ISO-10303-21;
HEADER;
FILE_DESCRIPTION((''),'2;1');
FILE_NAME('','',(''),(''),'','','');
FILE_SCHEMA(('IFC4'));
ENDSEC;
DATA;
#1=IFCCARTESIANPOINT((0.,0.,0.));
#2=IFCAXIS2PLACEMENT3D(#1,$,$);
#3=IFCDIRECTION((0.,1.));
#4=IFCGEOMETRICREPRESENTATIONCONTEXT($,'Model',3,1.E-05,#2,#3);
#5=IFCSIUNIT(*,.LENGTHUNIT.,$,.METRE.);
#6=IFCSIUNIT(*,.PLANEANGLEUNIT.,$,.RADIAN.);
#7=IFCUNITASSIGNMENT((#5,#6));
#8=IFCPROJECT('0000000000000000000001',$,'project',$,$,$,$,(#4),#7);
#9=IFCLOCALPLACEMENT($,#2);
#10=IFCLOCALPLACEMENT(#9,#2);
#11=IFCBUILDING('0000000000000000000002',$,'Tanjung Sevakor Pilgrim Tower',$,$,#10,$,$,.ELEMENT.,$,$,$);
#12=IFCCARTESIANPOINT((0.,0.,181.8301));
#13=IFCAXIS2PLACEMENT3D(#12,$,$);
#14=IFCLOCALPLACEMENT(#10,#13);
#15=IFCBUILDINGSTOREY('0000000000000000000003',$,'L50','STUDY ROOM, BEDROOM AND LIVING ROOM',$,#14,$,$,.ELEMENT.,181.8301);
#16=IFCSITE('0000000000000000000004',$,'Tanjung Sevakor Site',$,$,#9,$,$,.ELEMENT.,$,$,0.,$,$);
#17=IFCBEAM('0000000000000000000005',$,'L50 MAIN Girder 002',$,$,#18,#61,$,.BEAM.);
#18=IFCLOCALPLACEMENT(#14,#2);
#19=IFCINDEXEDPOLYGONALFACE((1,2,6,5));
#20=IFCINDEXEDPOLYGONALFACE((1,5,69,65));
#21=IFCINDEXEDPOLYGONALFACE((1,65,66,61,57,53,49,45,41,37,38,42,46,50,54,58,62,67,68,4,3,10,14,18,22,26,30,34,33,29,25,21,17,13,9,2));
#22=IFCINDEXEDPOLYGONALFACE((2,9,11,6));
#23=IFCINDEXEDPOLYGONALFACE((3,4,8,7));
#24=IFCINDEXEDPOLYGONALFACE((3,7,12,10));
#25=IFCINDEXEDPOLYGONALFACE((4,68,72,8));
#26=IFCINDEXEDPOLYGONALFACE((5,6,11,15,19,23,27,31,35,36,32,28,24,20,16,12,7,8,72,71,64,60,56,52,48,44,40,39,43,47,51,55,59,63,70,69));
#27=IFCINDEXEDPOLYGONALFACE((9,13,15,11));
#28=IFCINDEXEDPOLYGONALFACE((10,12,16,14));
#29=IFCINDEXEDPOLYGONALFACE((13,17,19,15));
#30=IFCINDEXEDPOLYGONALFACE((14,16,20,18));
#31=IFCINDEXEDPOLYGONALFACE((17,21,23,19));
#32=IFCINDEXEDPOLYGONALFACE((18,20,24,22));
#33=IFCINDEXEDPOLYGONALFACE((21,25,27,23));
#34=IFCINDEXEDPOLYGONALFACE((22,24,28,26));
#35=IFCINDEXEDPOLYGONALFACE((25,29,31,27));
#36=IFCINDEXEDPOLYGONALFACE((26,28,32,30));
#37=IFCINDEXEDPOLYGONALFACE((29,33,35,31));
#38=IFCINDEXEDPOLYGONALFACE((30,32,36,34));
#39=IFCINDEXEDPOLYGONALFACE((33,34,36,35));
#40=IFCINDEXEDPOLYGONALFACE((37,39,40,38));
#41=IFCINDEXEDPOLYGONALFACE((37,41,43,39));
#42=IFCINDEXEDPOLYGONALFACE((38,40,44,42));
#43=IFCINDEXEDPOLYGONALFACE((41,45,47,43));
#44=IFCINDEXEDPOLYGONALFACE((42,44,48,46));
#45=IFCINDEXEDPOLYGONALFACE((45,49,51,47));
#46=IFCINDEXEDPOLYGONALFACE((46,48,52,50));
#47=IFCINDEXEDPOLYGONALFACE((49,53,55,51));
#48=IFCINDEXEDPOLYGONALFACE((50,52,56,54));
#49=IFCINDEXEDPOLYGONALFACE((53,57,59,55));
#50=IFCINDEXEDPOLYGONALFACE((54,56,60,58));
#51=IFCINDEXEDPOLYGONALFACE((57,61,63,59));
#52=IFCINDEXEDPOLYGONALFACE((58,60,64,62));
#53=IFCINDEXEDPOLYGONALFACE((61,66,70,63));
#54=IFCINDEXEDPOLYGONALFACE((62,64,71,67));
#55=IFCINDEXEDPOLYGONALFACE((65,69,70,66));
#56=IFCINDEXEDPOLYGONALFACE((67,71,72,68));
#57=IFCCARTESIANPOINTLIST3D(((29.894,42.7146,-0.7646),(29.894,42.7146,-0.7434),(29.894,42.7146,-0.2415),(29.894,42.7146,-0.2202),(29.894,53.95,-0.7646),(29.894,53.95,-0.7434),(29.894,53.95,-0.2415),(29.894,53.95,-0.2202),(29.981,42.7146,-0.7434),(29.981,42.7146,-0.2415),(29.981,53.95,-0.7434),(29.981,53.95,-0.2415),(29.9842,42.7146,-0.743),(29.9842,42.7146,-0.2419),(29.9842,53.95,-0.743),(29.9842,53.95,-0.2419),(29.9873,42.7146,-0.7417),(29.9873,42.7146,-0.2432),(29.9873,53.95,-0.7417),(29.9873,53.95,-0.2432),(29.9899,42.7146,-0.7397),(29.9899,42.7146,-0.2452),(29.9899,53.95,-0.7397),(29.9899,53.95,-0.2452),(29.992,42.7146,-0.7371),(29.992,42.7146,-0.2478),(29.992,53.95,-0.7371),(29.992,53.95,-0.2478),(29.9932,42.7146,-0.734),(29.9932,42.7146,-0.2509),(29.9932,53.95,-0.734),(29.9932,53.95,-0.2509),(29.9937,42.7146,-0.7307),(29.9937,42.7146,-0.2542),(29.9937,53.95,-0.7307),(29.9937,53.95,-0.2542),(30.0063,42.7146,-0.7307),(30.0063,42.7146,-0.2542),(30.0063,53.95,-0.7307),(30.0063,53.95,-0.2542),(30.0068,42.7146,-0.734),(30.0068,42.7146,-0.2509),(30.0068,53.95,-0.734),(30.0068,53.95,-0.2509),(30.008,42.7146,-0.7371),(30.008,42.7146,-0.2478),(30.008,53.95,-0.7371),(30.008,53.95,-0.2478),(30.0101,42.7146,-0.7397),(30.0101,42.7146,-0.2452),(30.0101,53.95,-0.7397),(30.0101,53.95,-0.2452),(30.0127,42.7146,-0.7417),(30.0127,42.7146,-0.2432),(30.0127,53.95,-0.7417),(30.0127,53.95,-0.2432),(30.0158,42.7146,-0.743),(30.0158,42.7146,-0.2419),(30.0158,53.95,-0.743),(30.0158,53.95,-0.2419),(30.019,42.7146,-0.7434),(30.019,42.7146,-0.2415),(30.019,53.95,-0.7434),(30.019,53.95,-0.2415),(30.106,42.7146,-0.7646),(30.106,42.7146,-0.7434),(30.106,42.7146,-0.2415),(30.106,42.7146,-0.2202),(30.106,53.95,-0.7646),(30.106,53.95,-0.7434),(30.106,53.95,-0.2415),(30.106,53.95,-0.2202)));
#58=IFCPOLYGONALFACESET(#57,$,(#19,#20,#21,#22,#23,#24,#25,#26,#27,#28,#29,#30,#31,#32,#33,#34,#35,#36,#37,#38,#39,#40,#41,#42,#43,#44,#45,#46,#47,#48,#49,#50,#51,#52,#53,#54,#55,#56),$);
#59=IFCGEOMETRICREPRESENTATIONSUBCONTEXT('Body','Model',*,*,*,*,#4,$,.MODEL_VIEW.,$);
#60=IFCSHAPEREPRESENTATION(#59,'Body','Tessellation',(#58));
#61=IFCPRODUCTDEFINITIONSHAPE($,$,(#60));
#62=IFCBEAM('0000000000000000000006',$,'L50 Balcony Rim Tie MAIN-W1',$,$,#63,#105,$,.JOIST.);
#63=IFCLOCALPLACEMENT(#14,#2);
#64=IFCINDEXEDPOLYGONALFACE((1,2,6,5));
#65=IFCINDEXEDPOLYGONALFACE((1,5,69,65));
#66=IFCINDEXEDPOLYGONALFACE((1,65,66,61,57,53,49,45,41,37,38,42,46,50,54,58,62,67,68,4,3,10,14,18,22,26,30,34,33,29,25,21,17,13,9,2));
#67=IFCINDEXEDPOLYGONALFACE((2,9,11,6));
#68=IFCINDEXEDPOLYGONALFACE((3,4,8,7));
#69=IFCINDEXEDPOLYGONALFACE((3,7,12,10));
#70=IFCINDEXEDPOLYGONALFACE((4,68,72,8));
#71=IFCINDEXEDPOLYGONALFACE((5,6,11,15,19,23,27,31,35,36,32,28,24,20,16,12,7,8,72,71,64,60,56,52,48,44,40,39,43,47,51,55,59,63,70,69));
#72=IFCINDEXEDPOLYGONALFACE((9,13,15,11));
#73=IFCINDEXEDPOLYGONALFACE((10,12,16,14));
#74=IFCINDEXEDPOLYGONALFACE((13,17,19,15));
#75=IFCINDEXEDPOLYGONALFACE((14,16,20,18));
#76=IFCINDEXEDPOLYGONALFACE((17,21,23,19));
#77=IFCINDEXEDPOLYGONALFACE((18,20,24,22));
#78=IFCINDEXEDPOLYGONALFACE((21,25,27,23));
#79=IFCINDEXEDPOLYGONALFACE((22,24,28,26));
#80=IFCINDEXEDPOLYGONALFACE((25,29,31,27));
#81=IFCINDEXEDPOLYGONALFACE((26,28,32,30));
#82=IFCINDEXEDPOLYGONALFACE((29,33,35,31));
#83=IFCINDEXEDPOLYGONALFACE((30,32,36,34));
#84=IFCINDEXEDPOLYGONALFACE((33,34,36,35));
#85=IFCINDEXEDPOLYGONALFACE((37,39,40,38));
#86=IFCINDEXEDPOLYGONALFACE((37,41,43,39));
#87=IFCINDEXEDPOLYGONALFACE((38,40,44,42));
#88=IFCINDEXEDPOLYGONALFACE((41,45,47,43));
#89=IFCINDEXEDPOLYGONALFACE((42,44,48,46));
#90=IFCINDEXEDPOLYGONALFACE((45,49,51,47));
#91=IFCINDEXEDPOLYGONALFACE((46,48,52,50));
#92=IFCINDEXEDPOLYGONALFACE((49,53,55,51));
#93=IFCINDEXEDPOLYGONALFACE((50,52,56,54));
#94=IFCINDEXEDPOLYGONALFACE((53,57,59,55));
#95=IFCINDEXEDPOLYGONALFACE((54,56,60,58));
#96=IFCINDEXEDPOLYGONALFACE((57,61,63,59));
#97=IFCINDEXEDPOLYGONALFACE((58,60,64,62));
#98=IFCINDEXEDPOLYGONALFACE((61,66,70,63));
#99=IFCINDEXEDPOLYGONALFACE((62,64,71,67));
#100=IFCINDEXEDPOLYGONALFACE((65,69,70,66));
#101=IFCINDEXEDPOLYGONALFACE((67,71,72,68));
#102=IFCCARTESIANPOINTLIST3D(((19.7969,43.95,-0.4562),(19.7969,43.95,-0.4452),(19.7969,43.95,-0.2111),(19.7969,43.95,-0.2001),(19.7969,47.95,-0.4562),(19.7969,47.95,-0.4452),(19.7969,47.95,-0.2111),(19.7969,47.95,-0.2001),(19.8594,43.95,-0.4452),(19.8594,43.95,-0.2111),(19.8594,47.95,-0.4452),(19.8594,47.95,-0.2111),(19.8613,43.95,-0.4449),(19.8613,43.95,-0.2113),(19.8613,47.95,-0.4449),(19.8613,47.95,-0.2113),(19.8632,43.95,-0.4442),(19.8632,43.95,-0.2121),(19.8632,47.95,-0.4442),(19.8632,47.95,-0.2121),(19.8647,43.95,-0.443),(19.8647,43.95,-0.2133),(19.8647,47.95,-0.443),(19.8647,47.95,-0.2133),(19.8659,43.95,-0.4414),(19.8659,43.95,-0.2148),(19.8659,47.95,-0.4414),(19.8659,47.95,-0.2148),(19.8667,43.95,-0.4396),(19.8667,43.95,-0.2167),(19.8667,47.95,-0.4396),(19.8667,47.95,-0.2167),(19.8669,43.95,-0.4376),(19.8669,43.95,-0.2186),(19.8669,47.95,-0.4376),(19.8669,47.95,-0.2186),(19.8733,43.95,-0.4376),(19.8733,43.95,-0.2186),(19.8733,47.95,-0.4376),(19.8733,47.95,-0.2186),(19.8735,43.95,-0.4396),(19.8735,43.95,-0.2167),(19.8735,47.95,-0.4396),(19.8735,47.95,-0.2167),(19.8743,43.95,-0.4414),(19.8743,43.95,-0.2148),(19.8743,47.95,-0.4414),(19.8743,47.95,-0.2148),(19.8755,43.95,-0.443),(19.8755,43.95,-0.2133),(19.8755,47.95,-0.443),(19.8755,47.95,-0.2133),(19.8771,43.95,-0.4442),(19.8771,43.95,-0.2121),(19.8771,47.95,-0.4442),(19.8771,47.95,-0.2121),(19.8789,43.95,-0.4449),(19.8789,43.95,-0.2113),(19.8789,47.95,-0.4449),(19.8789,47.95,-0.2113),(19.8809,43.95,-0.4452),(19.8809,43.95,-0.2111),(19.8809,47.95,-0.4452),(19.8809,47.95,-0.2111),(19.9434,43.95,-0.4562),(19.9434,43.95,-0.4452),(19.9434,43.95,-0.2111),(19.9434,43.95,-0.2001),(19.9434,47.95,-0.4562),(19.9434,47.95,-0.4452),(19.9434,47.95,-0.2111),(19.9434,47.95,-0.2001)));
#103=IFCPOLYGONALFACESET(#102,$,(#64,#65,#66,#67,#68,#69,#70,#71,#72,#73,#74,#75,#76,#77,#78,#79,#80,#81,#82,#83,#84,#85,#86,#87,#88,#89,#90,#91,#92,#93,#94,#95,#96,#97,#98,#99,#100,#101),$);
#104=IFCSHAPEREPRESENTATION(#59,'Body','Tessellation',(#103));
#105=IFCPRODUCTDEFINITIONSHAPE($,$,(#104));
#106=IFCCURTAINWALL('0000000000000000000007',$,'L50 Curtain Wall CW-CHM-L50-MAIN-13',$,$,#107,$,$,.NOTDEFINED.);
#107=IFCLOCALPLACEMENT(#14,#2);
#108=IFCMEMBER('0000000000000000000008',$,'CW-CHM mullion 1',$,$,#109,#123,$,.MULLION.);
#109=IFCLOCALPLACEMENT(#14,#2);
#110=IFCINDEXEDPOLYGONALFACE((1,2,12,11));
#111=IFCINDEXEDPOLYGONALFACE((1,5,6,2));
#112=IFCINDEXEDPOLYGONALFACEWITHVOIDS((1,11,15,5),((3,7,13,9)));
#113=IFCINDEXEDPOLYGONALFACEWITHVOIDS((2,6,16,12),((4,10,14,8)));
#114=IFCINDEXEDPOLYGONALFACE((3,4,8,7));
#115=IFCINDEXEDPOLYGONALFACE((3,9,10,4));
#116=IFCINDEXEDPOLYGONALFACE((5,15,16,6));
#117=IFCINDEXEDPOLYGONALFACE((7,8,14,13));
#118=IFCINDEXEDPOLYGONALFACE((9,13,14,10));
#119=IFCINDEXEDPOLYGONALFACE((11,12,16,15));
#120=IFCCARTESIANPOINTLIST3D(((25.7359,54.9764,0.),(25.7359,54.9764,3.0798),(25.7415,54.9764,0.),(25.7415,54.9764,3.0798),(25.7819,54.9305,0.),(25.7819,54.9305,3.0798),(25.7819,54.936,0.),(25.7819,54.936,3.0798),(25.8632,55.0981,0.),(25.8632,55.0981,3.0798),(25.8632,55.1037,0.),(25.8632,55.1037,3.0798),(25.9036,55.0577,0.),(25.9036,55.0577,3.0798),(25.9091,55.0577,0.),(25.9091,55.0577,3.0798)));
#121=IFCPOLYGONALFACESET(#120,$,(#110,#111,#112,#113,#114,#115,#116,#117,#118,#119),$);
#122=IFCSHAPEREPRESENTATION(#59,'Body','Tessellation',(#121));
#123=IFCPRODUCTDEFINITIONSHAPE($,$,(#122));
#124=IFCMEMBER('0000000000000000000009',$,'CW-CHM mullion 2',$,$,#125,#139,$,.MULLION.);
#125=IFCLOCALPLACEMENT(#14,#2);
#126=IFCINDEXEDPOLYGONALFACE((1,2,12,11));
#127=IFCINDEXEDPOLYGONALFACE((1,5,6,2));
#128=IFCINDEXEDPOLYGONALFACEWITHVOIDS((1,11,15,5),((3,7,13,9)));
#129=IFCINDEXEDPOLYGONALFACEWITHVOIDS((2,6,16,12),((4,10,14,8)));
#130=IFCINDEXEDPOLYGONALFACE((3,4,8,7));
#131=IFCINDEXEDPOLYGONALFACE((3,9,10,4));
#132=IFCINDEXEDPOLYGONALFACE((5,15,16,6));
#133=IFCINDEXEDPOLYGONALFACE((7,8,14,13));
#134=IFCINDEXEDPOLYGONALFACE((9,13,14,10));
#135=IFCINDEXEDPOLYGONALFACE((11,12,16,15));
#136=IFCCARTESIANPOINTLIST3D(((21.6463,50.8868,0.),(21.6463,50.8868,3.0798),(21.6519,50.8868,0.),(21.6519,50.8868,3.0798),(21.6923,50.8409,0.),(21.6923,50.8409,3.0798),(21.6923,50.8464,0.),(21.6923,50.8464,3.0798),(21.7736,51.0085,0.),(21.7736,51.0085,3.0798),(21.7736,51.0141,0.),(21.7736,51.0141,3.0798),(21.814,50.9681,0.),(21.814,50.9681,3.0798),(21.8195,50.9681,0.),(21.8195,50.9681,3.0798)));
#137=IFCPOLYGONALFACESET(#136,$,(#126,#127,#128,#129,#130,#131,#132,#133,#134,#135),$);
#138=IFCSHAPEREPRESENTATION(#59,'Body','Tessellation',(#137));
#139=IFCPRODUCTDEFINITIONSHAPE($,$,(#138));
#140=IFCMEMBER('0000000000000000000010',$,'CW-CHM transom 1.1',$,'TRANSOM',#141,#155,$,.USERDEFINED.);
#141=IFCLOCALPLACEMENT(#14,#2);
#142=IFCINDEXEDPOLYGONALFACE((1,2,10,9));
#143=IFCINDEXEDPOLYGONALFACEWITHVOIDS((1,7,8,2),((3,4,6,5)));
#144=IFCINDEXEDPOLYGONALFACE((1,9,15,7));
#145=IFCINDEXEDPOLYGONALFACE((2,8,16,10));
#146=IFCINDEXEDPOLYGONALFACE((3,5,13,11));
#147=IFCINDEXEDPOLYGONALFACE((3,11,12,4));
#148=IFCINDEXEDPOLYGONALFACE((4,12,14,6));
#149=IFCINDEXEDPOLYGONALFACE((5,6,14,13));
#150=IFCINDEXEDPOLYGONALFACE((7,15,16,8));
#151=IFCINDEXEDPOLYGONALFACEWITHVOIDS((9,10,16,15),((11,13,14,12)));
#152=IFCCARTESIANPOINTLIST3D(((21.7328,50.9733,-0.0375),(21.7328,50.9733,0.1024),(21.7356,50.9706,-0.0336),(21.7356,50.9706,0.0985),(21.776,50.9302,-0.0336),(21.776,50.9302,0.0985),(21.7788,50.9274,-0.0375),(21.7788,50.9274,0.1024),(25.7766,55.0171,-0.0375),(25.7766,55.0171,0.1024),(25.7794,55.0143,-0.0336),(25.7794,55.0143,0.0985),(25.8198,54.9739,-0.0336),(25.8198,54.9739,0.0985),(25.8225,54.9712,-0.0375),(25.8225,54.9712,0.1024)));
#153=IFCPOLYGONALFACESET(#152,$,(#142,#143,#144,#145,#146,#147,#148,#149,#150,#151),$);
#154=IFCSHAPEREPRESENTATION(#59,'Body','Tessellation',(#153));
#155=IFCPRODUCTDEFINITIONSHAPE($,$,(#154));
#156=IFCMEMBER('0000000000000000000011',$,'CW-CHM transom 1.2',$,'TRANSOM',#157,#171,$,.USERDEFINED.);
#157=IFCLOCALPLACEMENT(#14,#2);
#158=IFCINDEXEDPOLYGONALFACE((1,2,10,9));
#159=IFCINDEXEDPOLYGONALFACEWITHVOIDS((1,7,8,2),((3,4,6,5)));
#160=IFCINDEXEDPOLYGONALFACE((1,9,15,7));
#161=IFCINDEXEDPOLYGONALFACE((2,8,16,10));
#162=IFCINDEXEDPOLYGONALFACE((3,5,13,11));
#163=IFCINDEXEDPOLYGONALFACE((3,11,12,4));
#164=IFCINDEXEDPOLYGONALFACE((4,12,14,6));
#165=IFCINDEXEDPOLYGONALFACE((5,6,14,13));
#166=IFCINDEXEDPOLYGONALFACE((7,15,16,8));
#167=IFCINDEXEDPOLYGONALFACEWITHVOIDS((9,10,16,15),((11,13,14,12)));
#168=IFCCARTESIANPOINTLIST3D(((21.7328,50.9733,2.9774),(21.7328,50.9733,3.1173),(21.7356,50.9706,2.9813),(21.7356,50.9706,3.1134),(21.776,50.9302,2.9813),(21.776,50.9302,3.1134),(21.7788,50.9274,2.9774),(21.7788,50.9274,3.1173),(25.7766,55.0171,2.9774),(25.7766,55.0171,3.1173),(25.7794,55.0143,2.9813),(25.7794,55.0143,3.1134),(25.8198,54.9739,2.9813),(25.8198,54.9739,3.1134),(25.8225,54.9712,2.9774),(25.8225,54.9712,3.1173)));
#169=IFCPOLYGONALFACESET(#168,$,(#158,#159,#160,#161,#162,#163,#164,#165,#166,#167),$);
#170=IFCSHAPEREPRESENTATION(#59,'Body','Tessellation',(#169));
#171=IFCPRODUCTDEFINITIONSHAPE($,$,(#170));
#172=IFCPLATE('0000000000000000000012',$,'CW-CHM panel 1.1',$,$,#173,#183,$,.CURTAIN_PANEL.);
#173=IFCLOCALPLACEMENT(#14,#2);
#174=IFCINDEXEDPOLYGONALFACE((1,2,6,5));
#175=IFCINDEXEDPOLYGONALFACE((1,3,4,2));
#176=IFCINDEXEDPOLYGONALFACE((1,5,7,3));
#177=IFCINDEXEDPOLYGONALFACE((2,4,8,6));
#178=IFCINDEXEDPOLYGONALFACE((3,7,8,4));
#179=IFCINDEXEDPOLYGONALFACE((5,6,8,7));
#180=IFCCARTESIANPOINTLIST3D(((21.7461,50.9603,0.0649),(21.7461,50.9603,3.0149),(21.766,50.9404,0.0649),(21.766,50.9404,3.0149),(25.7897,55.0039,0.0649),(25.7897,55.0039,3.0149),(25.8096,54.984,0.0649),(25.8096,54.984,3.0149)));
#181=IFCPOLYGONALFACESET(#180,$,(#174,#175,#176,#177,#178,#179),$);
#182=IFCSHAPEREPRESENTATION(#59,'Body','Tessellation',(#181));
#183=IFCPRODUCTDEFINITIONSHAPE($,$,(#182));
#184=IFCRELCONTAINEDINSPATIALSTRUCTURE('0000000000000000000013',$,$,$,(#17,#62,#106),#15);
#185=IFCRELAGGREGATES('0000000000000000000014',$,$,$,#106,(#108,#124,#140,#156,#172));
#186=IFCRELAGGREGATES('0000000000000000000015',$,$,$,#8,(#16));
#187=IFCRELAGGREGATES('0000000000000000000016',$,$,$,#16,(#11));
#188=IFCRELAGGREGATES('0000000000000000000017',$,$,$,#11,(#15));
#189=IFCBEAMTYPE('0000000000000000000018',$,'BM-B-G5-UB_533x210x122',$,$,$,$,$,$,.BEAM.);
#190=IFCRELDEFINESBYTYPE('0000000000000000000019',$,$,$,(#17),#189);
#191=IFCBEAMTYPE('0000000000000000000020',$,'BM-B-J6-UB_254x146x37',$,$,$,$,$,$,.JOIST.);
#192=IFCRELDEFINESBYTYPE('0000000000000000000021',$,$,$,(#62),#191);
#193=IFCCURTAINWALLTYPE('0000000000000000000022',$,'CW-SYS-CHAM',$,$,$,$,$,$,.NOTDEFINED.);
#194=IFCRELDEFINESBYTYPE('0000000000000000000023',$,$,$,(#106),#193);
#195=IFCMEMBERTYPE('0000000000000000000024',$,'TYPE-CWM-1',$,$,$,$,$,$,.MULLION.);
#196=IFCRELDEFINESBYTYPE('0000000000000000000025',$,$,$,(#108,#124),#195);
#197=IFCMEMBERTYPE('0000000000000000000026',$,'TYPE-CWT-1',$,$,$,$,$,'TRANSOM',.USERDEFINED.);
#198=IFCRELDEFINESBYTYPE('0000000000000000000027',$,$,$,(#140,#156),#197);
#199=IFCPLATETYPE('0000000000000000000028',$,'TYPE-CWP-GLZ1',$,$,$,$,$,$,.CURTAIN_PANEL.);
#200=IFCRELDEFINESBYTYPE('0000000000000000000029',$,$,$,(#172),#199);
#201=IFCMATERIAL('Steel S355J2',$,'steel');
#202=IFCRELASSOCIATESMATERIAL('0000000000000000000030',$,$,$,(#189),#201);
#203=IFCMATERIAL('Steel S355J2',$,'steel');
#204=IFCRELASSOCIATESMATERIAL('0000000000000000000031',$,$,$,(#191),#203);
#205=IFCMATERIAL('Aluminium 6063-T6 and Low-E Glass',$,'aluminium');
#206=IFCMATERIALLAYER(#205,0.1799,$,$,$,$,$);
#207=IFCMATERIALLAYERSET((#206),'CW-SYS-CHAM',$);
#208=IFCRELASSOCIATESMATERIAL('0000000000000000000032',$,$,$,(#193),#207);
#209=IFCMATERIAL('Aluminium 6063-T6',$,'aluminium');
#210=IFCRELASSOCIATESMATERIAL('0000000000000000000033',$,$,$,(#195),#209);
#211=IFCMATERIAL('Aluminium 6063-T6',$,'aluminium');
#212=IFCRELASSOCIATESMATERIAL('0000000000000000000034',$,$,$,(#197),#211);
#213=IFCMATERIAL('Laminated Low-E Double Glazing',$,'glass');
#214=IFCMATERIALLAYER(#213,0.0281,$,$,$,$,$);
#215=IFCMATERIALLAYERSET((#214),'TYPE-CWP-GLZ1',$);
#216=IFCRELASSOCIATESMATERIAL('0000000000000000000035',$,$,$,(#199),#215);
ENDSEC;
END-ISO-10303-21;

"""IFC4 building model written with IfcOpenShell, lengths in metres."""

from ifc_helpers import new_model, si_unit, direction, frame, origin, origin_2d, place, context, subcontext, project, spatial, rectangle, hollow_rectangle, i_section, extrude, material, layer, layer_set, material_profile, profile_set, type_object, element, aggregate, save


model = new_model("IFC4")

# Units and contexts
model_context = context("Model", 3, precision=1e-05, world=origin(), true_north=direction((0.0, 1.0)))
body_context = subcontext(model_context, "Body", "Model", "MODEL_VIEW")
ifc_project = project(units=[si_unit("LENGTHUNIT", "METRE"), si_unit("PLANEANGLEUNIT", "RADIAN")], contexts=[model_context])

# Site, building, storey
site_placement = place(None, origin())
site = spatial("IfcSite", under=ifc_project, at=site_placement, Name="Tanjung Sevakor Site", CompositionType="ELEMENT", RefElevation=0.0)
building_placement = place(site_placement, origin())
building = spatial("IfcBuilding", under=site, at=building_placement, Name="Tanjung Sevakor Pilgrim Tower", CompositionType="ELEMENT")
storey_placement = place(building_placement, frame((0.0, 0.0, 181.8301)))
storey = spatial("IfcBuildingStorey", under=building, at=storey_placement, Name="L50", Description="STUDY ROOM, BEDROOM AND LIVING ROOM", CompositionType="ELEMENT", Elevation=181.8301)

# Beams
ifc_material_1 = material(Name="Steel S355J2", Category="steel")
ifc_material_profile_1 = material_profile(ifc_material_1, i_section(OverallWidth=0.2119, OverallDepth=0.5444, WebThickness=0.0127, FlangeThickness=0.0212, FilletRadius=0.0127, at=origin_2d()))
ifc_profile_set_1 = profile_set([ifc_material_profile_1], Name="Steel S355J2")
beam_type_1 = type_object("IfcBeamType", Name="BM-B-G5-UB_533x210x122", PredefinedType="BEAM", material=ifc_profile_set_1)
beam_1_placement = place(storey_placement, frame((30.0, 42.7146, -0.4924), z_axis=(0.0, 1.0, 0.0), x_axis=(-1.0, 0.0, 0.0)))
element("IfcBeam", 1, at=beam_1_placement, inside=storey, type_object=beam_type_1, Name="L50 MAIN Girder 002", PredefinedType="BEAM", context=body_context, shape_type="SweptSolid", body=[
    extrude(i_section(OverallWidth=0.2119, OverallDepth=0.5444, WebThickness=0.0127, FlangeThickness=0.0212, FilletRadius=0.0127, at=origin_2d()), origin(), (0.0, 0.0, 1.0), 11.2354),
])
ifc_material_2 = material(Name="Steel S355J2", Category="steel")
ifc_material_profile_2 = material_profile(ifc_material_2, i_section(OverallWidth=0.1465, OverallDepth=0.2561, WebThickness=0.0063, FlangeThickness=0.011, FilletRadius=0.0076, at=origin_2d()))
ifc_profile_set_2 = profile_set([ifc_material_profile_2], Name="Steel S355J2")
beam_type_2 = type_object("IfcBeamType", Name="BM-B-J6-UB_254x146x37", PredefinedType="JOIST", material=ifc_profile_set_2)
beam_2_placement = place(storey_placement, frame((19.8701, 43.95, -0.3281), z_axis=(0.0, 1.0, 0.0), x_axis=(-1.0, 0.0, 0.0)))
element("IfcBeam", 2, at=beam_2_placement, inside=storey, type_object=beam_type_2, Name="L50 Balcony Rim Tie MAIN-W1", PredefinedType="JOIST", context=body_context, shape_type="SweptSolid", body=[
    extrude(i_section(OverallWidth=0.1465, OverallDepth=0.2561, WebThickness=0.0063, FlangeThickness=0.011, FilletRadius=0.0076, at=origin_2d()), origin(), (0.0, 0.0, 1.0), 4.0),
])

# Curtain wall, members, plate
ifc_material_3 = material(Name="Aluminium 6063-T6 and Low-E Glass", Category="aluminium")
ifc_layer_1 = layer(ifc_material_3, 0.1799)
ifc_layer_set_1 = layer_set([ifc_layer_1], Name="CW-SYS-CHAM")
curtain_wall_type = type_object("IfcCurtainWallType", Name="CW-SYS-CHAM", PredefinedType="NOTDEFINED", material=ifc_layer_set_1)
curtain_wall_placement = place(storey_placement, origin())
curtain_wall = element("IfcCurtainWall", 3, at=curtain_wall_placement, inside=storey, type_object=curtain_wall_type, Name="L50 Curtain Wall CW-CHM-L50-MAIN-13", PredefinedType="NOTDEFINED")
ifc_material_4 = material(Name="Aluminium 6063-T6", Category="aluminium")
ifc_material_profile_3 = material_profile(ifc_material_4, hollow_rectangle(XDim=0.0649, YDim=0.1799, WallThickness=0.0039, at=origin_2d()))
ifc_profile_set_3 = profile_set([ifc_material_profile_3], Name="Aluminium 6063-T6")
member_type_1 = type_object("IfcMemberType", Name="TYPE-CWM-1", PredefinedType="MULLION", material=ifc_profile_set_3)
member_1_placement = place(storey_placement, frame((25.8225, 55.0171, 0.0), z_axis=(0.0, 0.0, 1.0), x_axis=(0.707107, -0.707107, 0.0)))
member_1 = element("IfcMember", 4, at=member_1_placement, type_object=member_type_1, Name="CW-CHM mullion 1", PredefinedType="MULLION", context=body_context, shape_type="SweptSolid", body=[
    extrude(hollow_rectangle(XDim=0.0649, YDim=0.1799, WallThickness=0.0039, at=origin_2d()), origin(), (0.0, 0.0, 1.0), 3.0798),
])
member_2_placement = place(storey_placement, frame((21.7329, 50.9275, 0.0), z_axis=(0.0, 0.0, 1.0), x_axis=(0.707107, -0.707107, 0.0)))
member_2 = element("IfcMember", 5, at=member_2_placement, type_object=member_type_1, Name="CW-CHM mullion 2", PredefinedType="MULLION", context=body_context, shape_type="SweptSolid", body=[
    extrude(hollow_rectangle(XDim=0.0649, YDim=0.1799, WallThickness=0.0039, at=origin_2d()), origin(), (0.0, 0.0, 1.0), 3.0798),
])
ifc_material_5 = material(Name="Aluminium 6063-T6", Category="aluminium")
ifc_material_profile_4 = material_profile(ifc_material_5, hollow_rectangle(XDim=0.0649, YDim=0.1399, WallThickness=0.0039, at=origin_2d()))
ifc_profile_set_4 = profile_set([ifc_material_profile_4], Name="Aluminium 6063-T6")
member_type_2 = type_object("IfcMemberType", Name="TYPE-CWT-1", ElementType="TRANSOM", PredefinedType="USERDEFINED", material=ifc_profile_set_4)
member_3_placement = place(storey_placement, frame((25.7996, 54.9941, 0.0325), z_axis=(-0.707107, -0.707107, 0.0), x_axis=(0.707107, -0.707107, 0.0)))
member_3 = element("IfcMember", 6, at=member_3_placement, type_object=member_type_2, Name="CW-CHM transom 1.1", ObjectType="TRANSOM", PredefinedType="USERDEFINED", context=body_context, shape_type="SweptSolid", body=[
    extrude(hollow_rectangle(XDim=0.0649, YDim=0.1399, WallThickness=0.0039, at=origin_2d()), origin(), (0.0, 0.0, 1.0), 5.7188),
])
member_4_placement = place(storey_placement, frame((25.7996, 54.9941, 3.0474), z_axis=(-0.707107, -0.707107, 0.0), x_axis=(0.707107, -0.707107, 0.0)))
member_4 = element("IfcMember", 7, at=member_4_placement, type_object=member_type_2, Name="CW-CHM transom 1.2", ObjectType="TRANSOM", PredefinedType="USERDEFINED", context=body_context, shape_type="SweptSolid", body=[
    extrude(hollow_rectangle(XDim=0.0649, YDim=0.1399, WallThickness=0.0039, at=origin_2d()), origin(), (0.0, 0.0, 1.0), 5.7188),
])
ifc_material_6 = material(Name="Laminated Low-E Double Glazing", Category="glass")
ifc_layer_2 = layer(ifc_material_6, 0.0281)
ifc_layer_set_2 = layer_set([ifc_layer_2], Name="TYPE-CWP-GLZ1")
plate_type = type_object("IfcPlateType", Name="TYPE-CWP-GLZ1", PredefinedType="CURTAIN_PANEL", material=ifc_layer_set_2)
plate_placement = place(storey_placement, frame((23.7778, 52.9722, 0.0649), z_axis=(0.0, 0.0, 1.0), x_axis=(-0.707107, -0.707107, 0.0)))
plate = element("IfcPlate", 8, at=plate_placement, type_object=plate_type, Name="CW-CHM panel 1.1", PredefinedType="CURTAIN_PANEL", context=body_context, shape_type="SweptSolid", body=[
    extrude(rectangle(XDim=5.7185, YDim=0.0281, at=origin_2d()), origin(), (0.0, 0.0, 1.0), 2.95),
])
aggregate(curtain_wall, [member_1, member_2, member_3, member_4, plate])

save(model, "model.ifc")
